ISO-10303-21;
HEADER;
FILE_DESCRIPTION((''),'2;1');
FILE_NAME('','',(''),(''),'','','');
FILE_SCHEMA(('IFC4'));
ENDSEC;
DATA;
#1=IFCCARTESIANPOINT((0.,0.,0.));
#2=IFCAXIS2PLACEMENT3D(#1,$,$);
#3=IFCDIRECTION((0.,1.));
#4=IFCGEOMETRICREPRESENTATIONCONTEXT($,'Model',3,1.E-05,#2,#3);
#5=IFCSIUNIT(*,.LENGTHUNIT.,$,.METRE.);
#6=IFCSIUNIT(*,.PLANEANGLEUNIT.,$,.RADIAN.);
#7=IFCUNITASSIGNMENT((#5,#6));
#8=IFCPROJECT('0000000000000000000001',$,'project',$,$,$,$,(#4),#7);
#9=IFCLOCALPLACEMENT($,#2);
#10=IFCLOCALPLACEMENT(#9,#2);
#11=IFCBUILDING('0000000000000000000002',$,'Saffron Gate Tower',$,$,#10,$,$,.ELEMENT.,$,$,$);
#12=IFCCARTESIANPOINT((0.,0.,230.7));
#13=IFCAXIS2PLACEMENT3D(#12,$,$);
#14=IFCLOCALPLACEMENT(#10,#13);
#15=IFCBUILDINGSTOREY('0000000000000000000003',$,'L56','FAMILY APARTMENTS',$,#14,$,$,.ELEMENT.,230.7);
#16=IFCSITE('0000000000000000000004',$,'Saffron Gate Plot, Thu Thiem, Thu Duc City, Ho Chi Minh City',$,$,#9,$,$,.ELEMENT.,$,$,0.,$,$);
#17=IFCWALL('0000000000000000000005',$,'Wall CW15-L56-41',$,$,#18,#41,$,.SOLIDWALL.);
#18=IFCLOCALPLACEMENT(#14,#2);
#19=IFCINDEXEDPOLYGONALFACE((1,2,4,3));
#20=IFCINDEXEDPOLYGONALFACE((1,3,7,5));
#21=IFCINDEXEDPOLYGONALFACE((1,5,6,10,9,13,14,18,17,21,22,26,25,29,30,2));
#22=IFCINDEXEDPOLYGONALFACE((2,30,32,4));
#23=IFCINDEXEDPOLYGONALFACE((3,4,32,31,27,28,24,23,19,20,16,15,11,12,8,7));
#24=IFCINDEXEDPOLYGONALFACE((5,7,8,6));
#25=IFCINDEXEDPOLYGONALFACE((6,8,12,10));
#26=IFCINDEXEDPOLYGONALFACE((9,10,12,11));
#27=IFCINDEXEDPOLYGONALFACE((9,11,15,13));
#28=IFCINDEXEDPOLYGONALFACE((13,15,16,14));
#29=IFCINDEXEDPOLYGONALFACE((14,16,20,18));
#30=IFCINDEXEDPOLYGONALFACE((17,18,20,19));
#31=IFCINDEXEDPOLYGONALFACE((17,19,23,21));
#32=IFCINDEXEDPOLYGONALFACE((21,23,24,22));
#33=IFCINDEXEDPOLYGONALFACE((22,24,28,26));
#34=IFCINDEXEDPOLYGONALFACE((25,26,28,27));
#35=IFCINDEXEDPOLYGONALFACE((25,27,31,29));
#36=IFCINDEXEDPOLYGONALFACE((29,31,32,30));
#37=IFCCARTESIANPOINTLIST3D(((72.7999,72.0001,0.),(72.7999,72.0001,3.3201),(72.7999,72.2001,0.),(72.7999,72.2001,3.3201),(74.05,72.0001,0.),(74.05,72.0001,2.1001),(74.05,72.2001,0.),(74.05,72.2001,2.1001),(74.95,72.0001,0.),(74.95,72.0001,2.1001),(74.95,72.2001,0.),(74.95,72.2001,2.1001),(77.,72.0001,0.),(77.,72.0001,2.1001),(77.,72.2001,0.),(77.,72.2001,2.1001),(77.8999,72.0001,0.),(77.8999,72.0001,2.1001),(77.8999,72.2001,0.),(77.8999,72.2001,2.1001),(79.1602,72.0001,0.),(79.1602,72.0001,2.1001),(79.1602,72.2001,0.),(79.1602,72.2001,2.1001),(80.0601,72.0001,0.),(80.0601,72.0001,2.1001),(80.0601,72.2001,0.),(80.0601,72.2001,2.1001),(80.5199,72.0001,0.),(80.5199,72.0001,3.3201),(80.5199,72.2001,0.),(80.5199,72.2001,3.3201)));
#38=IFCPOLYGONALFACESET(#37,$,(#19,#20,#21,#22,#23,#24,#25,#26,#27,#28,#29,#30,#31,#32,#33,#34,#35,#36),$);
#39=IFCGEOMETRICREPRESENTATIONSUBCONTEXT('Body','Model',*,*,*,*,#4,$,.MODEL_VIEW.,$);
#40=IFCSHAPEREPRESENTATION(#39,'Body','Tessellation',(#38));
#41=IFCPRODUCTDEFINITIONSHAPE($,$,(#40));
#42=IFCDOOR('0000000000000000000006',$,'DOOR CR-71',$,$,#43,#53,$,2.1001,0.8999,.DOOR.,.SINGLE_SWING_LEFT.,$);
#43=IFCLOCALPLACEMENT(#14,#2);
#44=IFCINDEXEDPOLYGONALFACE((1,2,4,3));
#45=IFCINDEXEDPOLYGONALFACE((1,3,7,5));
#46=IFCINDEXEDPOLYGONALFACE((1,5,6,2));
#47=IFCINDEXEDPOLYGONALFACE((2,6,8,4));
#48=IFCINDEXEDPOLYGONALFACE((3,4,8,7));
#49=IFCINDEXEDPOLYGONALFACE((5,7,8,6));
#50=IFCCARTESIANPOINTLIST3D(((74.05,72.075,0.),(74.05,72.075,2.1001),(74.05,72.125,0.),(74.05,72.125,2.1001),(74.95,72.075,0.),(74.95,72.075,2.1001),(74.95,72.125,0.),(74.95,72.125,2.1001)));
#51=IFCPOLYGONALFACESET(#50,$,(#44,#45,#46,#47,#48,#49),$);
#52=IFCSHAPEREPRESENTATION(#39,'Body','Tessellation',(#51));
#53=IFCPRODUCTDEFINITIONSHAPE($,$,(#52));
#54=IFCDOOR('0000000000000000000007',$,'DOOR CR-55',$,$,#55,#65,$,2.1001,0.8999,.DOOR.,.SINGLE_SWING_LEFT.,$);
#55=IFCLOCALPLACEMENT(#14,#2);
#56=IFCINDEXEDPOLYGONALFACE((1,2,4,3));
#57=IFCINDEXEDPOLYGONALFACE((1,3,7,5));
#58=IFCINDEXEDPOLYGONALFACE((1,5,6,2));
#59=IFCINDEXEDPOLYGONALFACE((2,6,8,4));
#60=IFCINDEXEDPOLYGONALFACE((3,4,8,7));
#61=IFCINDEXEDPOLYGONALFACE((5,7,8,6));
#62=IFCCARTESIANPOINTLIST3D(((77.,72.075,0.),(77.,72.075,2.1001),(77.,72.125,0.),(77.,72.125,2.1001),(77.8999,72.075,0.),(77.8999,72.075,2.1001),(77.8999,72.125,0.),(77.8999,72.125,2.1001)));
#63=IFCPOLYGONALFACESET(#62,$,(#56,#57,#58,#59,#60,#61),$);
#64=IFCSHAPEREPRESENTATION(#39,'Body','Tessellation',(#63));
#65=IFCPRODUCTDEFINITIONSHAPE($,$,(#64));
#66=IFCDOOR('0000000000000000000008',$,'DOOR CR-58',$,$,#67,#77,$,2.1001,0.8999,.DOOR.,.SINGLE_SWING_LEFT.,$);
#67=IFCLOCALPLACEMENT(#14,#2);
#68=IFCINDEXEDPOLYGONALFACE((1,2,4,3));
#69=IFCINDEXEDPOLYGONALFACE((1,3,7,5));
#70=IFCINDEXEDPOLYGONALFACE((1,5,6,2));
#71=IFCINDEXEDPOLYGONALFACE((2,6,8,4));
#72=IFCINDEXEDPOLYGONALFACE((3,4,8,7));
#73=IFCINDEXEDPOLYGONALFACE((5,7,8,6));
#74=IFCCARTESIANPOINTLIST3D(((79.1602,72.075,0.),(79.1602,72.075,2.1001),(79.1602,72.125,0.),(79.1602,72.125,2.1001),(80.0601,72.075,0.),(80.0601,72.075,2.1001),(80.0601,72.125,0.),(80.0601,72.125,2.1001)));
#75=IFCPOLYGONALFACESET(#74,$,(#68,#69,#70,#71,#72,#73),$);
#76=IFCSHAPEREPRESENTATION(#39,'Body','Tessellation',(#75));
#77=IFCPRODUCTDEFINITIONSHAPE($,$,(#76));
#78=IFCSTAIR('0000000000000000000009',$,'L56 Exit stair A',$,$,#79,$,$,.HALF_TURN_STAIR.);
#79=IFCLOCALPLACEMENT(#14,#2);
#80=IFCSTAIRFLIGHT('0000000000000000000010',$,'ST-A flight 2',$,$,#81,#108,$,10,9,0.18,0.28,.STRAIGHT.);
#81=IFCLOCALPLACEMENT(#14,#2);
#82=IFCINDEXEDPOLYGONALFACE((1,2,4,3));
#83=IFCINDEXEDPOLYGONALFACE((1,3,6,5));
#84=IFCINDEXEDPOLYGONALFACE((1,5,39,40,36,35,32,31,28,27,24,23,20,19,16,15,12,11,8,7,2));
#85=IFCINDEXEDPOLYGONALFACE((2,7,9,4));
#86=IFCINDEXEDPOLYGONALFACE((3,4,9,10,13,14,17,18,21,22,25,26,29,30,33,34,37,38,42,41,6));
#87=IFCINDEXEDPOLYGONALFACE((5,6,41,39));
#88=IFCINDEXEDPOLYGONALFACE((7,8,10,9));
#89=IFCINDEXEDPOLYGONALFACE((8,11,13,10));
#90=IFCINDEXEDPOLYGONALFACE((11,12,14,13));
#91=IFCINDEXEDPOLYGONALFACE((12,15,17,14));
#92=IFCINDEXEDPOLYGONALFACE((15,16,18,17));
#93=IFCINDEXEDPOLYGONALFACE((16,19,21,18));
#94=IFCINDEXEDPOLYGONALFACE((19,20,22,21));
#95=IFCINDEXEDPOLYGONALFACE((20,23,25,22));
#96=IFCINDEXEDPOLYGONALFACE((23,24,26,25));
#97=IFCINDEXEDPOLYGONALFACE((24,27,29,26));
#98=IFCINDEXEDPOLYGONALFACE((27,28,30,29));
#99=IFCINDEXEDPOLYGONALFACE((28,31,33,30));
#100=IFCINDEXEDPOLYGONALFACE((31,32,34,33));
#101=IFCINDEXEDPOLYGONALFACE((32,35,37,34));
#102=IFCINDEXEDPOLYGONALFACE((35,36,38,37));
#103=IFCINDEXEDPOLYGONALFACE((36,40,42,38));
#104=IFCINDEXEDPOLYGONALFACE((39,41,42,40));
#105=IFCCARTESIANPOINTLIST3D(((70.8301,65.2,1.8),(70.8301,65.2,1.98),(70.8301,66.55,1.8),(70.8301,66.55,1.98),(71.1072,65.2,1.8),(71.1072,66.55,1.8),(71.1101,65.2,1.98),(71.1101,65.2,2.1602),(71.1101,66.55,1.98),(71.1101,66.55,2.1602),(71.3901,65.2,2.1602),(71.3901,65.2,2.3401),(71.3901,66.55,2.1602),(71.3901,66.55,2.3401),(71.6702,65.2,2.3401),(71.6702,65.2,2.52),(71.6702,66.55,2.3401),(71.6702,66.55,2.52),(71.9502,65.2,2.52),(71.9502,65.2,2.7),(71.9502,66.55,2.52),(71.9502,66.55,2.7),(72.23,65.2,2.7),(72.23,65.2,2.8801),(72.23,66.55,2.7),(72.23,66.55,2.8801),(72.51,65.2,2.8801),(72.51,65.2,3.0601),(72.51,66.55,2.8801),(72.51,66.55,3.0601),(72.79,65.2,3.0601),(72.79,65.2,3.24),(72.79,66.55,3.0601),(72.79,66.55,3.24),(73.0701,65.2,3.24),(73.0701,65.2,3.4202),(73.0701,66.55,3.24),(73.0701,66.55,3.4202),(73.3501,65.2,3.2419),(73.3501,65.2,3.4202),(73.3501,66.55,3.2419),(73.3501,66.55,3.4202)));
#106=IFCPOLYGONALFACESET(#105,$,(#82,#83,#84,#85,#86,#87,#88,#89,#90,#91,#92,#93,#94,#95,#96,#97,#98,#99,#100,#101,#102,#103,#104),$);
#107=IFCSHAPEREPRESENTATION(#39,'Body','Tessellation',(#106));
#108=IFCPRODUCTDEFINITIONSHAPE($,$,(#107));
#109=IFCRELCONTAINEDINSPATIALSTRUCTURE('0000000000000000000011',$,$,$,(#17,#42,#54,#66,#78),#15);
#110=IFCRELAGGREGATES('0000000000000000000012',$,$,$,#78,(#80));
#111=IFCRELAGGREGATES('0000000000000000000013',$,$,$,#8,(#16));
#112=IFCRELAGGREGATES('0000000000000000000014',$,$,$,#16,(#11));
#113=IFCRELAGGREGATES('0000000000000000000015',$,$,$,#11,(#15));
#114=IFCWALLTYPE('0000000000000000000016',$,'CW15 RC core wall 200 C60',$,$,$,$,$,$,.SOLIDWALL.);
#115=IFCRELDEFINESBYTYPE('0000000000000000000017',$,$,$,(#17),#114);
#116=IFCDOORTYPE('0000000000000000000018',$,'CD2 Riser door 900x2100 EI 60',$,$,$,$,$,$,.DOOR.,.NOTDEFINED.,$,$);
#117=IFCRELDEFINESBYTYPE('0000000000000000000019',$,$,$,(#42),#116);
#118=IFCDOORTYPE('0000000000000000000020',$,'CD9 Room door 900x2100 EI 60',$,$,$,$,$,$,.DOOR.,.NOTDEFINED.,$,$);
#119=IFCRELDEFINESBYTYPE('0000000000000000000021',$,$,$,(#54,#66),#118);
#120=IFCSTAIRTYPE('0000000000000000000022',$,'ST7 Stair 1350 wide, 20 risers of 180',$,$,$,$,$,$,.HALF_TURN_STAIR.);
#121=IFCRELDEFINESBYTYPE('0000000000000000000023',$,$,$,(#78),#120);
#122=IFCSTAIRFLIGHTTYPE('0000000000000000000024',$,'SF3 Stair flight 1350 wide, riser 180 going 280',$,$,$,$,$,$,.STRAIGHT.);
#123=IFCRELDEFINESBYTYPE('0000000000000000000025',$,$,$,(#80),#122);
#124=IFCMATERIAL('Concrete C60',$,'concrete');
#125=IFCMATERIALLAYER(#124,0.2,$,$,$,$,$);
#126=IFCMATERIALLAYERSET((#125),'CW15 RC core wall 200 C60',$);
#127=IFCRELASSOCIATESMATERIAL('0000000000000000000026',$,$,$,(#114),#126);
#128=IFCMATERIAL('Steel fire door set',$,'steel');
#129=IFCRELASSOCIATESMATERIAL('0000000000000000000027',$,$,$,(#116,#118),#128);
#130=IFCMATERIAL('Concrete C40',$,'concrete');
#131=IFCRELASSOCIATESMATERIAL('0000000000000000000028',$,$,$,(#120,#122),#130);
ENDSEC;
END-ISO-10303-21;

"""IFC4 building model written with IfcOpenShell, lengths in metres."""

from ifc_helpers import new_model, si_unit, direction, frame, frame_2d, origin, place, context, subcontext, project, spatial, polyline, rectangle, outline, extrude, material, layer, layer_set, type_object, element, fill, aggregate, save


model = new_model("IFC4")

# Units and contexts
model_context = context("Model", 3, precision=1e-05, world=origin(), true_north=direction((0.0, 1.0)))
body_context = subcontext(model_context, "Body", "Model", "MODEL_VIEW")
ifc_project = project(units=[si_unit("LENGTHUNIT", "METRE"), si_unit("PLANEANGLEUNIT", "RADIAN")], contexts=[model_context])

# Site, building, storey
site_placement = place(None, origin())
site = spatial("IfcSite", under=ifc_project, at=site_placement, Name="Saffron Gate Plot, Thu Thiem, Thu Duc City, Ho Chi Minh City", CompositionType="ELEMENT", RefElevation=0.0)
building_placement = place(site_placement, origin())
building = spatial("IfcBuilding", under=site, at=building_placement, Name="Saffron Gate Tower", CompositionType="ELEMENT")
storey_placement = place(building_placement, frame((0.0, 0.0, 230.7)))
storey = spatial("IfcBuildingStorey", under=building, at=storey_placement, Name="L56", Description="FAMILY APARTMENTS", CompositionType="ELEMENT", Elevation=230.7)

# Shared definitions
ifc_material_1 = material(Name="Concrete C60", Category="concrete")
ifc_material_2 = material(Name="Steel fire door set", Category="steel")
ifc_layer_1 = layer(ifc_material_1, 0.2)
ifc_layer_set_1 = layer_set([ifc_layer_1], Name="CW15 RC core wall 200 C60")
wall_type_1 = type_object("IfcWallType", Name="CW15 RC core wall 200 C60", PredefinedType="SOLIDWALL", material=ifc_layer_set_1)

# Wall, openings, doors
wall_1_placement = place(storey_placement, frame((72.8, 72.1001, 0.0), z_axis=(0.0, 0.0, 1.0), x_axis=(1.0, 0.0, 0.0)))
wall_1 = element("IfcWall", 1, at=wall_1_placement, inside=storey, type_object=wall_type_1, Name="Wall CW15-L56-41", PredefinedType="SOLIDWALL", context=body_context, shape_type="SweptSolid", body=[
    extrude(rectangle(XDim=7.72, YDim=0.2, at=frame_2d((3.8599, 0.0))), origin(), (0.0, 0.0, 1.0), 3.3201),
])
opening_1_placement = place(wall_1_placement, frame((1.25, 0.0, 0.0)))
opening_1 = element("IfcOpeningElement", 2, at=opening_1_placement, cuts=wall_1, PredefinedType="OPENING", context=body_context, shape_type="SweptSolid", body=[
    extrude(rectangle(XDim=0.8999, YDim=2.1001, at=frame_2d((0.45, 1.05))), frame((0.0, 0.1099, 0.0), z_axis=(0.0, -1.0, 0.0), x_axis=(1.0, 0.0, 0.0)), (0.0, 0.0, 1.0), 0.22),
])
opening_2_placement = place(wall_1_placement, frame((4.2, 0.0, 0.0)))
opening_2 = element("IfcOpeningElement", 3, at=opening_2_placement, cuts=wall_1, PredefinedType="OPENING", context=body_context, shape_type="SweptSolid", body=[
    extrude(rectangle(XDim=0.8999, YDim=2.1001, at=frame_2d((0.45, 1.05))), frame((0.0, 0.1099, 0.0), z_axis=(0.0, -1.0, 0.0), x_axis=(1.0, 0.0, 0.0)), (0.0, 0.0, 1.0), 0.22),
])
opening_3_placement = place(wall_1_placement, frame((6.3601, 0.0, 0.0)))
opening_3 = element("IfcOpeningElement", 4, at=opening_3_placement, cuts=wall_1, PredefinedType="OPENING", context=body_context, shape_type="SweptSolid", body=[
    extrude(rectangle(XDim=0.8999, YDim=2.1001, at=frame_2d((0.45, 1.05))), frame((0.0, 0.1099, 0.0), z_axis=(0.0, -1.0, 0.0), x_axis=(1.0, 0.0, 0.0)), (0.0, 0.0, 1.0), 0.22),
])
door_type_1 = type_object("IfcDoorType", Name="CD2 Riser door 900x2100 EI 60", OperationType="NOTDEFINED", PredefinedType="DOOR", material=ifc_material_2)
door_1_placement = place(opening_1_placement, origin())
door_1 = element("IfcDoor", 5, at=door_1_placement, inside=storey, type_object=door_type_1, Name="DOOR CR-71", OperationType="SINGLE_SWING_LEFT", OverallHeight=2.1001, OverallWidth=0.8999, PredefinedType="DOOR", context=body_context, shape_type="SweptSolid", body=[
    extrude(rectangle(XDim=0.8999, YDim=2.1001, at=frame_2d((0.45, 1.05))), frame((0.0, 0.0249, 0.0), z_axis=(0.0, -1.0, 0.0), x_axis=(1.0, 0.0, 0.0)), (0.0, 0.0, 1.0), 0.05),
])
fill(opening_1, door_1)
door_type_2 = type_object("IfcDoorType", Name="CD9 Room door 900x2100 EI 60", OperationType="NOTDEFINED", PredefinedType="DOOR", material=ifc_material_2)
door_2_placement = place(opening_2_placement, origin())
door_2 = element("IfcDoor", 6, at=door_2_placement, inside=storey, type_object=door_type_2, Name="DOOR CR-55", OperationType="SINGLE_SWING_LEFT", OverallHeight=2.1001, OverallWidth=0.8999, PredefinedType="DOOR", context=body_context, shape_type="SweptSolid", body=[
    extrude(rectangle(XDim=0.8999, YDim=2.1001, at=frame_2d((0.45, 1.05))), frame((0.0, 0.0249, 0.0), z_axis=(0.0, -1.0, 0.0), x_axis=(1.0, 0.0, 0.0)), (0.0, 0.0, 1.0), 0.05),
])
fill(opening_2, door_2)
door_3_placement = place(opening_3_placement, origin())
door_3 = element("IfcDoor", 7, at=door_3_placement, inside=storey, type_object=door_type_2, Name="DOOR CR-58", OperationType="SINGLE_SWING_LEFT", OverallHeight=2.1001, OverallWidth=0.8999, PredefinedType="DOOR", context=body_context, shape_type="SweptSolid", body=[
    extrude(rectangle(XDim=0.8999, YDim=2.1001, at=frame_2d((0.45, 1.05))), frame((0.0, 0.0249, 0.0), z_axis=(0.0, -1.0, 0.0), x_axis=(1.0, 0.0, 0.0)), (0.0, 0.0, 1.0), 0.05),
])
fill(opening_3, door_3)

# Stair, stair flight
ifc_material_3 = material(Name="Concrete C40", Category="concrete")
stair_type = type_object("IfcStairType", Name="ST7 Stair 1350 wide, 20 risers of 180", PredefinedType="HALF_TURN_STAIR", material=ifc_material_3)
stair_placement = place(storey_placement, origin())
stair = element("IfcStair", 8, at=stair_placement, inside=storey, type_object=stair_type, Name="L56 Exit stair A", PredefinedType="HALF_TURN_STAIR")
stair_flight_type = type_object("IfcStairFlightType", Name="SF3 Stair flight 1350 wide, riser 180 going 280", PredefinedType="STRAIGHT", material=ifc_material_3)
stair_flight_placement = place(storey_placement, frame((70.8301, 65.875, 1.8), z_axis=(0.0, 0.0, 1.0), x_axis=(1.0, 0.0, 0.0)))
stair_flight = element("IfcStairFlight", 9, at=stair_flight_placement, type_object=stair_flight_type, Name="ST-A flight 2", NumberOfRisers=10, NumberOfTreads=9, PredefinedType="STRAIGHT", RiserHeight=0.18, TreadLength=0.28, context=body_context, shape_type="SweptSolid", body=[
    extrude(outline(polyline([(0.0, 0.0), (0.0, 0.1799), (0.28, 0.1799), (0.28, 0.3601), (0.5601, 0.3601), (0.5601, 0.54), (0.8401, 0.54), (0.8401, 0.72), (1.1201, 0.72), (1.1201, 0.8999), (1.3999, 0.8999), (1.3999, 1.0801), (1.6799, 1.0801), (1.6799, 1.26), (1.96, 1.26), (1.96, 1.4399), (2.24, 1.4399), (2.24, 1.6201), (2.52, 1.6201), (2.52, 1.8), (2.52, 1.4419), (0.2771, 0.0), (0.0, 0.0)])), frame((0.0, 0.675, 0.0), z_axis=(0.0, -1.0, 0.0), x_axis=(1.0, 0.0, 0.0)), (0.0, 0.0, 1.0), 1.3501),
])
aggregate(stair, [stair_flight])

save(model, "model.ifc")
